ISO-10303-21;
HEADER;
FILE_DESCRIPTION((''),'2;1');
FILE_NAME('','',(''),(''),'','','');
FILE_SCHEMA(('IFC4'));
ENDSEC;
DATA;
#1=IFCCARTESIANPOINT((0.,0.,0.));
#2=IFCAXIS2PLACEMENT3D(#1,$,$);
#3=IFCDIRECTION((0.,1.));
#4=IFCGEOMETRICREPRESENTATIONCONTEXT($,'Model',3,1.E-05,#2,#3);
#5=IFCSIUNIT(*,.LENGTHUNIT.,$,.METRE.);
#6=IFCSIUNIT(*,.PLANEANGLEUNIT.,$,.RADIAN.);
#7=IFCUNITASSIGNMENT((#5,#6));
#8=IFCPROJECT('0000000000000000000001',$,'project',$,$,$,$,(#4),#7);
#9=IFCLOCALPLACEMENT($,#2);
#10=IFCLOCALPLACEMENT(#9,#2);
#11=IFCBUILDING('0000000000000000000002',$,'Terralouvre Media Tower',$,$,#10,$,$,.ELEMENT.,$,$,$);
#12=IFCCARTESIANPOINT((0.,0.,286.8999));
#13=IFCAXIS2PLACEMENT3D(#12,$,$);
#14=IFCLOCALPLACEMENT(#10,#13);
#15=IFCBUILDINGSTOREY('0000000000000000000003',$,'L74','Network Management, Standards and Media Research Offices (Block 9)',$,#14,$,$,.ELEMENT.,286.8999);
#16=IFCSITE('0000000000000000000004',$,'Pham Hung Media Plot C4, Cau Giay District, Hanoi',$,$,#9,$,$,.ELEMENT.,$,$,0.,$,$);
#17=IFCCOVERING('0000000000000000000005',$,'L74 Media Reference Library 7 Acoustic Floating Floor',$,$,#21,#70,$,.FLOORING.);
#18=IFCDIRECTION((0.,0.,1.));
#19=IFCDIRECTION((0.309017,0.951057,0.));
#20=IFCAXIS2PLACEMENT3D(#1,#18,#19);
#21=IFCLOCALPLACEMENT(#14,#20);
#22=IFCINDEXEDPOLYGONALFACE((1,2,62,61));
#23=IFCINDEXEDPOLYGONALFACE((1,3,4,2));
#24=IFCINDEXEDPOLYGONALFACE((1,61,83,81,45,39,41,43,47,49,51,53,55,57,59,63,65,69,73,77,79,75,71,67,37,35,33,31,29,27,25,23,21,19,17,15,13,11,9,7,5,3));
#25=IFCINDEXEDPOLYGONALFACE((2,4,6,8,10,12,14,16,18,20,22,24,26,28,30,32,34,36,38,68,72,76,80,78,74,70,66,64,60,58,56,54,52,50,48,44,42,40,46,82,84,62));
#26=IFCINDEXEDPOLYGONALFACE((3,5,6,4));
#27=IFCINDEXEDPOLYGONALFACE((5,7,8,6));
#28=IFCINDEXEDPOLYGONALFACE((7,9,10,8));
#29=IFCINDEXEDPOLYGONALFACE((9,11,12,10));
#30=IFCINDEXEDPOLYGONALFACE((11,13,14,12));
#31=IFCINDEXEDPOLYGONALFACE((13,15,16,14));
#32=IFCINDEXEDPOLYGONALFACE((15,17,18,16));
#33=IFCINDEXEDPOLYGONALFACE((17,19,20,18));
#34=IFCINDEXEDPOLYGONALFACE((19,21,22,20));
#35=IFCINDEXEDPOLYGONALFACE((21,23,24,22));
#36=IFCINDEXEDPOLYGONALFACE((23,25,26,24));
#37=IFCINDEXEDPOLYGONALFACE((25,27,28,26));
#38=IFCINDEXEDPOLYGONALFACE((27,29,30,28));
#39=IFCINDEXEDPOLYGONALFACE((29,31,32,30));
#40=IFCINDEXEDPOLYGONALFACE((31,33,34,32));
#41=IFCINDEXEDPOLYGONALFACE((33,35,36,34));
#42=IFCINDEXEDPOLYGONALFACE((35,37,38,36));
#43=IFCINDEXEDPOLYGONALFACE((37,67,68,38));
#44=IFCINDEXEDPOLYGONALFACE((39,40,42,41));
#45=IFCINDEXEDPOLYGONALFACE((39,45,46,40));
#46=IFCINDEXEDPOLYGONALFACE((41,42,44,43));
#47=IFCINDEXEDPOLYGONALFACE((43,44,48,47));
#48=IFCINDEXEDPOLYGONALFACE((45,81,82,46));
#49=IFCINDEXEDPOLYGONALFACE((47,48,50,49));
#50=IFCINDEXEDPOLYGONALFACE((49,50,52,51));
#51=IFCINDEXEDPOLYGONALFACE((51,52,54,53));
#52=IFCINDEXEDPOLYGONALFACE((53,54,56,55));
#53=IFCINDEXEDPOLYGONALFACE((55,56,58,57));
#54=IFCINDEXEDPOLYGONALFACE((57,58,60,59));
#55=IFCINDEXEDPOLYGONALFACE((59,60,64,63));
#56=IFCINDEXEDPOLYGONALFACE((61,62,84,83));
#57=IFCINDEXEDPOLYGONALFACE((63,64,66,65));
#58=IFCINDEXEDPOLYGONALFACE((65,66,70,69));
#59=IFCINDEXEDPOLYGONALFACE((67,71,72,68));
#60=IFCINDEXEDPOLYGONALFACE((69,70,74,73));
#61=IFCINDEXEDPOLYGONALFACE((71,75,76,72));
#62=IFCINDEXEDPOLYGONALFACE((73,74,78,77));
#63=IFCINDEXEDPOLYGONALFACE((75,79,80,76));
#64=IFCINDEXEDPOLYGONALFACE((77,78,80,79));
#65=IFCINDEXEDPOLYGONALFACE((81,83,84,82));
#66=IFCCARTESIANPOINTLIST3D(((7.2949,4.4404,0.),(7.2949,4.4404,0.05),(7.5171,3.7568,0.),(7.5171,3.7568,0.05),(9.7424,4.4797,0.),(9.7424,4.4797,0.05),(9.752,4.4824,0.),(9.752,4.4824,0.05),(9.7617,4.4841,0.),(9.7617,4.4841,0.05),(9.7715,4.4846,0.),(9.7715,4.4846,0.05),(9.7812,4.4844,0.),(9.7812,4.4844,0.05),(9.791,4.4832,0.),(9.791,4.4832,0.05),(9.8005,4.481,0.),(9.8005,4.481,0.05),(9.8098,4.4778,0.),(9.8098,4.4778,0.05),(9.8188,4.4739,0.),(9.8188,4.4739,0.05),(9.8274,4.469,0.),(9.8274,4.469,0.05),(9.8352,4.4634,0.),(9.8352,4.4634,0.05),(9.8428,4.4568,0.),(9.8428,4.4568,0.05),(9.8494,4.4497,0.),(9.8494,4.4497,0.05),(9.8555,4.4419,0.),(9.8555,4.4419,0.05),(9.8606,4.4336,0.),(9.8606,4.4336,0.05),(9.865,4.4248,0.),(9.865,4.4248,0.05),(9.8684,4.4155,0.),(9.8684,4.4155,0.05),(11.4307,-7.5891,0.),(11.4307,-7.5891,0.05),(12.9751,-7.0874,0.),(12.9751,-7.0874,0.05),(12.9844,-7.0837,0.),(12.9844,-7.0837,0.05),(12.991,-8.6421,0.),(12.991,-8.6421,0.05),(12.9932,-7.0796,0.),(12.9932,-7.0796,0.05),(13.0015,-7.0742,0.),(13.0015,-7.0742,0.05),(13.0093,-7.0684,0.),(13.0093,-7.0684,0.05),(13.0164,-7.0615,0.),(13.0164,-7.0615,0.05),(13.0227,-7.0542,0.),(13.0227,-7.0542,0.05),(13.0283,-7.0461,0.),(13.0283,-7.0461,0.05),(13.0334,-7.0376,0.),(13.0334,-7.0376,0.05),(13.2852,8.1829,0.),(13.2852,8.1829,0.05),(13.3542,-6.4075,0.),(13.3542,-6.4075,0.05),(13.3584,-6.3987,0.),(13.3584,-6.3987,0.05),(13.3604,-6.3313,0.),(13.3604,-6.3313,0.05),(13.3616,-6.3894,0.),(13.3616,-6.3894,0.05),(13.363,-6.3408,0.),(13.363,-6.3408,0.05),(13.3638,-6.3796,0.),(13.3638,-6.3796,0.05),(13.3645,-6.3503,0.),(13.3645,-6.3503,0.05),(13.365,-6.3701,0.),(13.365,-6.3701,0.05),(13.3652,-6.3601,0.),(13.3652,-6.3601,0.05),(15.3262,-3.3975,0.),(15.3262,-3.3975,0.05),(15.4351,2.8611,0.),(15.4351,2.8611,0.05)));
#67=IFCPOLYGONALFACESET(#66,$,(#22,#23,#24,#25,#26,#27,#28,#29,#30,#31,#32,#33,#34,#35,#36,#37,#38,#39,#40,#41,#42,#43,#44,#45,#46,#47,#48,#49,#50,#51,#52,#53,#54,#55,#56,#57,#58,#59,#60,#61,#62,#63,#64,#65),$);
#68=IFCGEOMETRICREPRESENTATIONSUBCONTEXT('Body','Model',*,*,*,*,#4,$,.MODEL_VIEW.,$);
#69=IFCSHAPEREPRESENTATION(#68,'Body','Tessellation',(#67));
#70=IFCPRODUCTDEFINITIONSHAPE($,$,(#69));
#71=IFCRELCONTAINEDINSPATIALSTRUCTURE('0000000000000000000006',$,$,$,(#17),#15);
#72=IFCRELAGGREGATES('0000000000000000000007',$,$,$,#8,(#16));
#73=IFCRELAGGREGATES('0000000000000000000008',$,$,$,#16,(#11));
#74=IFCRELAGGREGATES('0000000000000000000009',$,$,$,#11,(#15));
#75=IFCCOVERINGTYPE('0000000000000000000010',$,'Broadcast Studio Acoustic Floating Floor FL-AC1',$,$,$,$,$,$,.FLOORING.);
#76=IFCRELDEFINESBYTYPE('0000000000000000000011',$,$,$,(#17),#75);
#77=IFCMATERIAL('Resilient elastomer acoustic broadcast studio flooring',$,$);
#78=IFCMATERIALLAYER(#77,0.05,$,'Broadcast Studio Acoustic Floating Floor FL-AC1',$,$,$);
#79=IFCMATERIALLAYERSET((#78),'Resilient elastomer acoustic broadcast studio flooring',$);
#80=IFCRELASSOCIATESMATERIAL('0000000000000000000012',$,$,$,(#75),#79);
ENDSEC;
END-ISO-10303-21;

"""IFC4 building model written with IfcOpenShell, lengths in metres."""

from ifc_helpers import new_model, si_unit, direction, frame, origin, place, context, subcontext, project, spatial, polyline, outline, extrude, material, layer, layer_set, type_object, element, save


model = new_model("IFC4")

# Units and contexts
model_context = context("Model", 3, precision=1e-05, world=origin(), true_north=direction((0.0, 1.0)))
body_context = subcontext(model_context, "Body", "Model", "MODEL_VIEW")
ifc_project = project(units=[si_unit("LENGTHUNIT", "METRE"), si_unit("PLANEANGLEUNIT", "RADIAN")], contexts=[model_context])

# Site, building, storey
site_placement = place(None, origin())
site = spatial("IfcSite", under=ifc_project, at=site_placement, Name="Pham Hung Media Plot C4, Cau Giay District, Hanoi", CompositionType="ELEMENT", RefElevation=0.0)
building_placement = place(site_placement, origin())
building = spatial("IfcBuilding", under=site, at=building_placement, Name="Terralouvre Media Tower", CompositionType="ELEMENT")
storey_placement = place(building_placement, frame((0.0, 0.0, 286.8999)))
storey = spatial("IfcBuildingStorey", under=building, at=storey_placement, Name="L74", Description="Network Management, Standards and Media Research Offices (Block 9)", CompositionType="ELEMENT", Elevation=286.8999)

# Covering
ifc_material_1 = material(Name="Resilient elastomer acoustic broadcast studio flooring")
ifc_layer_1 = layer(ifc_material_1, 0.05, Name="Broadcast Studio Acoustic Floating Floor FL-AC1")
ifc_layer_set_1 = layer_set([ifc_layer_1], Name="Resilient elastomer acoustic broadcast studio flooring")
covering_type = type_object("IfcCoveringType", Name="Broadcast Studio Acoustic Floating Floor FL-AC1", PredefinedType="FLOORING", material=ifc_layer_set_1)
covering_placement = place(storey_placement, frame((0.0, 0.0, 0.0), z_axis=(0.0, 0.0, 1.0), x_axis=(0.309017, 0.951057, 0.0)))
element("IfcCovering", 1, at=covering_placement, inside=storey, type_object=covering_type, Name="L74 Media Reference Library 7 Acoustic Floating Floor", PredefinedType="FLOORING", context=body_context, shape_type="SweptSolid", body=[
    extrude(outline(polyline([(9.752, 4.4824), (9.7617, 4.4841), (9.7715, 4.4846), (9.7812, 4.4844), (9.791, 4.4832), (9.8005, 4.481), (9.8098, 4.4778), (9.8188, 4.4739), (9.8274, 4.469), (9.8352, 4.4634), (9.8428, 4.4568), (9.8494, 4.4497), (9.8555, 4.4419), (9.8606, 4.4336), (9.865, 4.4248), (9.8684, 4.4155), (13.3604, -6.3313), (13.363, -6.3408), (13.3645, -6.3503), (13.3652, -6.3601), (13.365, -6.3701), (13.3638, -6.3796), (13.3616, -6.3894), (13.3584, -6.3987), (13.3542, -6.4075), (13.0334, -7.0376), (13.0283, -7.0461), (13.0227, -7.0542), (13.0164, -7.0615), (13.0093, -7.0684), (13.0015, -7.0742), (12.9932, -7.0796), (12.9844, -7.0837), (12.9751, -7.0874), (11.4307, -7.5891), (12.991, -8.6421), (15.3262, -3.3975), (15.4351, 2.8611), (13.2852, 8.1829), (7.2949, 4.4404), (7.5171, 3.7568), (9.7424, 4.4797), (9.752, 4.4824)])), origin(), (0.0, 0.0, 1.0), 0.05),
])

save(model, "model.ifc")
